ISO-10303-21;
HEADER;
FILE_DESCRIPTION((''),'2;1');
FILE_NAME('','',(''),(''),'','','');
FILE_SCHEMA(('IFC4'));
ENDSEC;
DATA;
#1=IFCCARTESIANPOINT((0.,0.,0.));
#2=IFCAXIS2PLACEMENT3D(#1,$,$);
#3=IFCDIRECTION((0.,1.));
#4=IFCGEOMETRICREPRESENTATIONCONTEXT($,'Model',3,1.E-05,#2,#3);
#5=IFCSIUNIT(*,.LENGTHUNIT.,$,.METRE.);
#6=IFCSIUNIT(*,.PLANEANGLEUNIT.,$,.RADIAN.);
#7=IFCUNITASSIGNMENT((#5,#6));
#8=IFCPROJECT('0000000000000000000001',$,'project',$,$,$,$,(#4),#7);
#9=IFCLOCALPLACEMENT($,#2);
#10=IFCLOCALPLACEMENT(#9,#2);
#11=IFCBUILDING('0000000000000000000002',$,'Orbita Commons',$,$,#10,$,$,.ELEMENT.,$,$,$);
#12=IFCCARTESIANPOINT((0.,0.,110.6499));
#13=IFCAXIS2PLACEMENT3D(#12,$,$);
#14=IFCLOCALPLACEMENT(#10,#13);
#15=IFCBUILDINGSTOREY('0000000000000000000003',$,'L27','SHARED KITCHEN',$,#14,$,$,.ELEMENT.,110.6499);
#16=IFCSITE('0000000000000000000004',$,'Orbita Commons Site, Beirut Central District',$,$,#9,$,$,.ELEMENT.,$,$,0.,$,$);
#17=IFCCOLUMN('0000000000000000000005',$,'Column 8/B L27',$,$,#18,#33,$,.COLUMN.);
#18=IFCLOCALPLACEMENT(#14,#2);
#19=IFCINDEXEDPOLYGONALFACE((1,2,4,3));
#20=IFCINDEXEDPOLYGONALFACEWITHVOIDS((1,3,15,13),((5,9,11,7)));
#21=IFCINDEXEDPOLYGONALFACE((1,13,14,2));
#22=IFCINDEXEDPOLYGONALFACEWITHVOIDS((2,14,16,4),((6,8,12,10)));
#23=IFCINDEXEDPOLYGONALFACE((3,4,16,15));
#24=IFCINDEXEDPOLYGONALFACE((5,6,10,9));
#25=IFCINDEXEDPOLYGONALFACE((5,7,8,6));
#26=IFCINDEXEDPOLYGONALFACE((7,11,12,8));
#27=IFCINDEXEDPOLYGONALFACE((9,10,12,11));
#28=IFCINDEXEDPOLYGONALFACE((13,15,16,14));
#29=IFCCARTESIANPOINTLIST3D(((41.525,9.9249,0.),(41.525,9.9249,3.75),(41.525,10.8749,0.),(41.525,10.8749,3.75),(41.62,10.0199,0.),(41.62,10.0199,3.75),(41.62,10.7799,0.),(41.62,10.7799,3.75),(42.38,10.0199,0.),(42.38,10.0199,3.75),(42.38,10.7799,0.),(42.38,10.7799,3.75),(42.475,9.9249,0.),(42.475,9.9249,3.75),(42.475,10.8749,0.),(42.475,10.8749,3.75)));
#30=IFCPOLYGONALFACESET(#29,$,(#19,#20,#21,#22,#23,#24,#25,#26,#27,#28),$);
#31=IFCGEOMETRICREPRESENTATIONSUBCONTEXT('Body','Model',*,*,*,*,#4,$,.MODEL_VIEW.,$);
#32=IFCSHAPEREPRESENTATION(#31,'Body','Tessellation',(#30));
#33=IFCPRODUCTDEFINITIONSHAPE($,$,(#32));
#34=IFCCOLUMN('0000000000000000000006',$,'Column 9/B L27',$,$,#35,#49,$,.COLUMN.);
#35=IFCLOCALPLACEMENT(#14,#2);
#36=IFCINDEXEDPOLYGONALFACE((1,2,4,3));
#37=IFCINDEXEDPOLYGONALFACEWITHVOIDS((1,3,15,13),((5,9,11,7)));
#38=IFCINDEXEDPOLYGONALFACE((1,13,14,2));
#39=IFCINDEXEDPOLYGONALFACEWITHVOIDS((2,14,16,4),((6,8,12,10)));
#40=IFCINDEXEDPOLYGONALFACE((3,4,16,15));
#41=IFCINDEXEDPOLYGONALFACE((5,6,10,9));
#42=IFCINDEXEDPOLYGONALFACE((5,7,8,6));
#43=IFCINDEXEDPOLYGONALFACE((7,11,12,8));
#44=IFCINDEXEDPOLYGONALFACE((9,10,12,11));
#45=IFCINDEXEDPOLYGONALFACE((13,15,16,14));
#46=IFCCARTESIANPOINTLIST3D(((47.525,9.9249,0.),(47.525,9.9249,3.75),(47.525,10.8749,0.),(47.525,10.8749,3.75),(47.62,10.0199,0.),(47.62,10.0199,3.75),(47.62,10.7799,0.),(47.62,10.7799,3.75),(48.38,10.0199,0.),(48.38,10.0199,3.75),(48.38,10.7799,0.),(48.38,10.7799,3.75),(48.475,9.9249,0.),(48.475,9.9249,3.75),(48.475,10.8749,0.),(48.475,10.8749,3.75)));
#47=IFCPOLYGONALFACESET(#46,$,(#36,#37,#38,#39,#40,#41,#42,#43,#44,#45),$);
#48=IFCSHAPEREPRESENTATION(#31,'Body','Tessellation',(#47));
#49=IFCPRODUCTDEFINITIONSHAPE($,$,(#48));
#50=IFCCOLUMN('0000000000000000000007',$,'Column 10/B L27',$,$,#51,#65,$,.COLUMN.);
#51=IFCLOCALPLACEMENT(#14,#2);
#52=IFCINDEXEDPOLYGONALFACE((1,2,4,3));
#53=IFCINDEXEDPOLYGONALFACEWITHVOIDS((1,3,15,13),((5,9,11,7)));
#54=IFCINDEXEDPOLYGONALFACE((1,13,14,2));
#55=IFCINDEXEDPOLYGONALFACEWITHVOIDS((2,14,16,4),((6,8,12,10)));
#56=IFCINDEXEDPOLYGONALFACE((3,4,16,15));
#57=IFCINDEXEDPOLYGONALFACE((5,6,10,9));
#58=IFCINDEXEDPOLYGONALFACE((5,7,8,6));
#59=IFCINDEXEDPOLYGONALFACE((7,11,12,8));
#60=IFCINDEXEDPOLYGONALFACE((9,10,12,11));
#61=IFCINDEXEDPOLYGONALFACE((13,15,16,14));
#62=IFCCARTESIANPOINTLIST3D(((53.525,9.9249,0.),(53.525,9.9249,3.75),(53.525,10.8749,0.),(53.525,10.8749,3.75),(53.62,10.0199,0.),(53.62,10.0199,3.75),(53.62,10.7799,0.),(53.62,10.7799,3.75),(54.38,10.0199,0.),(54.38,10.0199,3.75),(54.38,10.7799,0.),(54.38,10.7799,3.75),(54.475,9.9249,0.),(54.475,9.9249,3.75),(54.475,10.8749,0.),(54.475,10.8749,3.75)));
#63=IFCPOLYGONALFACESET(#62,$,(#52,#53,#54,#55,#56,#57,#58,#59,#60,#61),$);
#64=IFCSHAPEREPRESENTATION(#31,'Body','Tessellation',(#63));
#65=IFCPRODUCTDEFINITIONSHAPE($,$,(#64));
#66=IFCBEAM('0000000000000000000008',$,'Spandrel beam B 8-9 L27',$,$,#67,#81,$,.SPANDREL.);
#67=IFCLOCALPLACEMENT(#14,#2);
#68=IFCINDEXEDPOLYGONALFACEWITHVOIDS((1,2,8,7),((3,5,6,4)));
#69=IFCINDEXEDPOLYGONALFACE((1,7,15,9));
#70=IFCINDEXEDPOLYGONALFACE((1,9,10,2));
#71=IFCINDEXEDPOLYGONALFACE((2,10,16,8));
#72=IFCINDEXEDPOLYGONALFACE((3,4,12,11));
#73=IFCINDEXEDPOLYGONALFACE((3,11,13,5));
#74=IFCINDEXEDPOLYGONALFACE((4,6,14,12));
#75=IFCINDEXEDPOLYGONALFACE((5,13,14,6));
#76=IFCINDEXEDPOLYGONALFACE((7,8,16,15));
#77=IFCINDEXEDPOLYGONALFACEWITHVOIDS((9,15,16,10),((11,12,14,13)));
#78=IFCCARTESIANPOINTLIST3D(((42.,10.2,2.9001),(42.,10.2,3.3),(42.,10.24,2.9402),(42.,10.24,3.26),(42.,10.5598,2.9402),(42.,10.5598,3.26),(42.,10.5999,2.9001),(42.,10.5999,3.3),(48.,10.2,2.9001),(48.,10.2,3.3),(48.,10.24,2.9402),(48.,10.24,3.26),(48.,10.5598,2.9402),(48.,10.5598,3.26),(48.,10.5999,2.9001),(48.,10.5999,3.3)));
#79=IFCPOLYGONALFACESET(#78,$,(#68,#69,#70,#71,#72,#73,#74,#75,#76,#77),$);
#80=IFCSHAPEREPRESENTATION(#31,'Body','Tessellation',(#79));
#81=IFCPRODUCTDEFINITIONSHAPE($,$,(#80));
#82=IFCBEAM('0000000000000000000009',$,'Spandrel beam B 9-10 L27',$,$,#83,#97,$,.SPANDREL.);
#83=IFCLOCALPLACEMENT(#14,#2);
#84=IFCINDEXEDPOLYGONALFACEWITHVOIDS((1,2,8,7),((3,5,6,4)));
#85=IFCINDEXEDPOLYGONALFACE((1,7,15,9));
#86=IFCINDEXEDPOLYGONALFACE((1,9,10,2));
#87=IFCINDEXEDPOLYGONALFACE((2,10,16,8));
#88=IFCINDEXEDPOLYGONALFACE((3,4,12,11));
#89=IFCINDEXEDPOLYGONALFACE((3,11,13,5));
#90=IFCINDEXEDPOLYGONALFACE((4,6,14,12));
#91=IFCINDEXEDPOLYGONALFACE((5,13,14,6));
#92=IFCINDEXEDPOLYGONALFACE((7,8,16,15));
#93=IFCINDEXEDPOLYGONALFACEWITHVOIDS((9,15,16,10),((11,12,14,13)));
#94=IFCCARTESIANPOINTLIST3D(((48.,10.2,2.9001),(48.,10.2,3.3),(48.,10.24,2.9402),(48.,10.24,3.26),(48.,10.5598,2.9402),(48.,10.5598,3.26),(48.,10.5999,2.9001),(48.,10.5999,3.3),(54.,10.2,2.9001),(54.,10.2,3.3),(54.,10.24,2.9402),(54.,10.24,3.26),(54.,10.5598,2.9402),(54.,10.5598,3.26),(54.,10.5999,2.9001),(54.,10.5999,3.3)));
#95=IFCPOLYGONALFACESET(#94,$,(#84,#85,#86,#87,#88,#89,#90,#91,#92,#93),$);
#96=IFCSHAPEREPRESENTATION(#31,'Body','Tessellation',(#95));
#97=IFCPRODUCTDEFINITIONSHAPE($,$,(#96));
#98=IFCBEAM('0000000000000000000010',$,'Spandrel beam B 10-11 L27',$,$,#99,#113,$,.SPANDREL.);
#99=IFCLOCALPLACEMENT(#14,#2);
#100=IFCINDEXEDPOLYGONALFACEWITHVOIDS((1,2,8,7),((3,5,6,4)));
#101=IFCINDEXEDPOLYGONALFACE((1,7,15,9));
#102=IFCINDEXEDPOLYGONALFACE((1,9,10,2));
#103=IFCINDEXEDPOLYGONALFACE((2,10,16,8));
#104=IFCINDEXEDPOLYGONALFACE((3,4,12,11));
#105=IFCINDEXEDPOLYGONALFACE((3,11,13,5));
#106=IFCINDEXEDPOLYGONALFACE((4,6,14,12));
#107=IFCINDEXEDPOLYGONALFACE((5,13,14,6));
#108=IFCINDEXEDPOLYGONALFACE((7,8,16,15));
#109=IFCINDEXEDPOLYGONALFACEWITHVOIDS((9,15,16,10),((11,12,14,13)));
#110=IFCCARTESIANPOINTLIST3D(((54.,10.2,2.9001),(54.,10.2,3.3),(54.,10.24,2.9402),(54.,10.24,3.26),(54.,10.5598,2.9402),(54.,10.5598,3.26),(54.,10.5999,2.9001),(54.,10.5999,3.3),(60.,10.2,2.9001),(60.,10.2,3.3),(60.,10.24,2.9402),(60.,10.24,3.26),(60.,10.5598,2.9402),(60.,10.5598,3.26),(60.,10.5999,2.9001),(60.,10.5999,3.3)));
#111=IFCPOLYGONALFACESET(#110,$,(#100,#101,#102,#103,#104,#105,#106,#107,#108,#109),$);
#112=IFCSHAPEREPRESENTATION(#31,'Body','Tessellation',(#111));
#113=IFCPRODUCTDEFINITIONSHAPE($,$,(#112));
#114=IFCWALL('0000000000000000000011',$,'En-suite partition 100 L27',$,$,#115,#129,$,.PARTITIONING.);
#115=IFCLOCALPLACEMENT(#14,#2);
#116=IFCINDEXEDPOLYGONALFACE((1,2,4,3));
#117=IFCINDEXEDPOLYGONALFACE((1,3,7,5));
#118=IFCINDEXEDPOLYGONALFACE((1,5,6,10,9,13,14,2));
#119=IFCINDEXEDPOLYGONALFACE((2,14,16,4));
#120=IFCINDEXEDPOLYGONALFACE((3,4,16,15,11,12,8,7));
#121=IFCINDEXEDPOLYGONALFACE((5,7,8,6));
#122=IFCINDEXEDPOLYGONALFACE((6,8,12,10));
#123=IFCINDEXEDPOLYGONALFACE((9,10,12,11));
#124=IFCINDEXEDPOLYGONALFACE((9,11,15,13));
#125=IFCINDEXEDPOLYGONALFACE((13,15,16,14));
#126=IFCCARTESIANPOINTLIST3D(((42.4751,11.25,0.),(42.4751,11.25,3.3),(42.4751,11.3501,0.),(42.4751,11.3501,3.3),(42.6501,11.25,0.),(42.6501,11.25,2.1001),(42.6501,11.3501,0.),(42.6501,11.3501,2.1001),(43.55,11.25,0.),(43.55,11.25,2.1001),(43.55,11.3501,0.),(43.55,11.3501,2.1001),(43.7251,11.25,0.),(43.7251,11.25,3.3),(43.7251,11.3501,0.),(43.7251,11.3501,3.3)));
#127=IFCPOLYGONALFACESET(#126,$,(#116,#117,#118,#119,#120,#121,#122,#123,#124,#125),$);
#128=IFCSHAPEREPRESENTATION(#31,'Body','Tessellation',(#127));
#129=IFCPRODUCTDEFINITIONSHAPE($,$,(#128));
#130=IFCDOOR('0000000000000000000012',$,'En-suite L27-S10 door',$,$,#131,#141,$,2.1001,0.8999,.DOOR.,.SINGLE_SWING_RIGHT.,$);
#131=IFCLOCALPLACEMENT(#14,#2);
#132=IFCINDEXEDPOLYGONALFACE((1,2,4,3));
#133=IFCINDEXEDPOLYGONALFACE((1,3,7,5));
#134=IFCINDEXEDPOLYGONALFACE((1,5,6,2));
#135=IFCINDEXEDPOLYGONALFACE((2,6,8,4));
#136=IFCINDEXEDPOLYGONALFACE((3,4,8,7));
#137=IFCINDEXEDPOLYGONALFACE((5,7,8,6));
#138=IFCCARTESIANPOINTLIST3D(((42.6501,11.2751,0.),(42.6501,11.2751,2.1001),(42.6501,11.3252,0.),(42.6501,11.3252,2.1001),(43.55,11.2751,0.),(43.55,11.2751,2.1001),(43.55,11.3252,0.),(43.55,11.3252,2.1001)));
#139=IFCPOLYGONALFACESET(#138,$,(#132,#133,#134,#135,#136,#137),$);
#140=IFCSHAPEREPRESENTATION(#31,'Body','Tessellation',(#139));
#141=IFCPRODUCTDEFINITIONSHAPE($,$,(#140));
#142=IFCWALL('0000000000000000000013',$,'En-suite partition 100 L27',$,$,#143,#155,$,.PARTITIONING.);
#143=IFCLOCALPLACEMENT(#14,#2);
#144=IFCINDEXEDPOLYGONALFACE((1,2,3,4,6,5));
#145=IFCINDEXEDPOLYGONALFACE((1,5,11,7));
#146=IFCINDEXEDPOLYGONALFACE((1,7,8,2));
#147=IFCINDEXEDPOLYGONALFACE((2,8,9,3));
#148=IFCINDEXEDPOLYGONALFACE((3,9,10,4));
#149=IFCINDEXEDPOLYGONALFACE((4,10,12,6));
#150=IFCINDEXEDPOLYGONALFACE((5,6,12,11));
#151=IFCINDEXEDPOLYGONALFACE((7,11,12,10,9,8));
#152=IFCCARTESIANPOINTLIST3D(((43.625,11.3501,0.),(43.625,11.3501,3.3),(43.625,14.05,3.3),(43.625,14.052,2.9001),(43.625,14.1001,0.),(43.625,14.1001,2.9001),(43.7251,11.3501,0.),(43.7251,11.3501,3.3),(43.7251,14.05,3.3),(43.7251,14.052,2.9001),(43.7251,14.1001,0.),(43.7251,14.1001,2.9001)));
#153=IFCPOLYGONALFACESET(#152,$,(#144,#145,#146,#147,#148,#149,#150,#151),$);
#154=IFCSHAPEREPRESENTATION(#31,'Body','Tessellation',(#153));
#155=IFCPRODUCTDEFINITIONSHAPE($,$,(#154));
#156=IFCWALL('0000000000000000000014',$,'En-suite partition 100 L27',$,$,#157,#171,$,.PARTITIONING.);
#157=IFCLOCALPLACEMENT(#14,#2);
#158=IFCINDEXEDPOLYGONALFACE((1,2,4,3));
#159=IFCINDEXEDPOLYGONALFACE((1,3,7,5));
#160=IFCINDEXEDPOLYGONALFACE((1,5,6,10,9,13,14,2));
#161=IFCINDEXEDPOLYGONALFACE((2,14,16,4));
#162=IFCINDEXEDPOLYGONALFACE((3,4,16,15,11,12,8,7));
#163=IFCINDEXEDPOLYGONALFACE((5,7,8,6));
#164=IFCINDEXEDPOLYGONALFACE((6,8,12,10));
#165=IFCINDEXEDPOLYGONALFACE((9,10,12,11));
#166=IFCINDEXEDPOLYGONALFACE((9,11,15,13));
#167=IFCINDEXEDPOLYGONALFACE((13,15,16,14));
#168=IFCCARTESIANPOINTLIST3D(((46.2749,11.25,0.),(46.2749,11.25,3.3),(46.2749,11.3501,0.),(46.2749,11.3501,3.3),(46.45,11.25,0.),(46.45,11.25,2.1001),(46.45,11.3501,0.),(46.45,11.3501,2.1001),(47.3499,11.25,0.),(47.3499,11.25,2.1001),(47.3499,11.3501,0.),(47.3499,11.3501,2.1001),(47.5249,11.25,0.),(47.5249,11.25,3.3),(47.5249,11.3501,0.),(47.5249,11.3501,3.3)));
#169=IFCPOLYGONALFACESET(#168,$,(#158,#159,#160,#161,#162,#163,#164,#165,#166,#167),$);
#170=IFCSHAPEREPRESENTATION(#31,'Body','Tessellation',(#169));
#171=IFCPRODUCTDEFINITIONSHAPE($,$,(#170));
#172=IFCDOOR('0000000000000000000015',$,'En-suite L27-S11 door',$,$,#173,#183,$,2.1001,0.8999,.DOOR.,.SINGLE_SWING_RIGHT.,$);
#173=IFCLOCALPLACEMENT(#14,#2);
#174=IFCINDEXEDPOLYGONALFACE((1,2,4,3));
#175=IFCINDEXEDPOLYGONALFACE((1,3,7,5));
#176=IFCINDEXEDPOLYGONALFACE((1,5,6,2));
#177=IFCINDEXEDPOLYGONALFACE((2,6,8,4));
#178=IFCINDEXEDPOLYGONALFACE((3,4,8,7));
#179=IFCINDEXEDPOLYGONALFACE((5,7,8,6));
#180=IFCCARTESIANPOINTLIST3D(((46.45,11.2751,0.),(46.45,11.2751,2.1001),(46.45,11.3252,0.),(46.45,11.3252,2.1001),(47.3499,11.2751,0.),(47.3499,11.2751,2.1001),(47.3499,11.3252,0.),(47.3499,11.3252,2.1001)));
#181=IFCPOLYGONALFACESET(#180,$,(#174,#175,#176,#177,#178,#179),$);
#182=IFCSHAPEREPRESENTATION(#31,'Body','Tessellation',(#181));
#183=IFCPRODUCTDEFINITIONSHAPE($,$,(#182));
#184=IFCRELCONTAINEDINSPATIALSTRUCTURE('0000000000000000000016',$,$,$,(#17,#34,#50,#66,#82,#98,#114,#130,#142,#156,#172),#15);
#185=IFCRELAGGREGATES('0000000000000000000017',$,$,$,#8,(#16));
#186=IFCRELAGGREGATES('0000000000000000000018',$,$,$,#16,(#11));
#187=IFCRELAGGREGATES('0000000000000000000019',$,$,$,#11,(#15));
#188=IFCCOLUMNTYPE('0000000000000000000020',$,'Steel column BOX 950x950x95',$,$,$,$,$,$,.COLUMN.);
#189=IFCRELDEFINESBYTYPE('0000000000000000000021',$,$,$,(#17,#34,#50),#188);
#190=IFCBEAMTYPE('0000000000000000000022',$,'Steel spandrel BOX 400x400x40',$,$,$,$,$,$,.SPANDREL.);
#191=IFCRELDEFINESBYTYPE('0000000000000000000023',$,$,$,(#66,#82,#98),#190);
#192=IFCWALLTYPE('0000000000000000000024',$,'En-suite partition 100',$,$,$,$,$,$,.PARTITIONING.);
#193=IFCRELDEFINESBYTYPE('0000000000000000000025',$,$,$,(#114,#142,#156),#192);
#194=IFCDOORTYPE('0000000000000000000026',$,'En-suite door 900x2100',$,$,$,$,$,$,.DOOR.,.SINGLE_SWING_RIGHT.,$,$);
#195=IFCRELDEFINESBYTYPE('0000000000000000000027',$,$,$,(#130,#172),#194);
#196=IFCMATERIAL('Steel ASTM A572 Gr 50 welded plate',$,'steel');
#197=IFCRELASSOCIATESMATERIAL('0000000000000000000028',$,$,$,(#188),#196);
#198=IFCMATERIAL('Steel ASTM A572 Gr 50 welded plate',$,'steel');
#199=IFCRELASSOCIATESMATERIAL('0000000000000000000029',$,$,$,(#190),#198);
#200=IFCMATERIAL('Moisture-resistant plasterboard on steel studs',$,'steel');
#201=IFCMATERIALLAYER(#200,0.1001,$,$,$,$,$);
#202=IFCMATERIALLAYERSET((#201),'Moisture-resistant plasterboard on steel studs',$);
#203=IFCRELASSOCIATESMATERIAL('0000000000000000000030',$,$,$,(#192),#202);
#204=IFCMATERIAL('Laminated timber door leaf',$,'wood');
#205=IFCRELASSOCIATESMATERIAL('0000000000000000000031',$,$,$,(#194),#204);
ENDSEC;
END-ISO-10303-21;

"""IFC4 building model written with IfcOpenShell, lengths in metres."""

from ifc_helpers import new_model, si_unit, direction, frame, frame_2d, origin, origin_2d, place, context, subcontext, project, spatial, polyline, rectangle, hollow_rectangle, outline, extrude, material, layer, layer_set, material_profile, profile_set, type_object, element, fill, save


model = new_model("IFC4")

# Units and contexts
model_context = context("Model", 3, precision=1e-05, world=origin(), true_north=direction((0.0, 1.0)))
body_context = subcontext(model_context, "Body", "Model", "MODEL_VIEW")
ifc_project = project(units=[si_unit("LENGTHUNIT", "METRE"), si_unit("PLANEANGLEUNIT", "RADIAN")], contexts=[model_context])

# Site, building, storey
site_placement = place(None, origin())
site = spatial("IfcSite", under=ifc_project, at=site_placement, Name="Orbita Commons Site, Beirut Central District", CompositionType="ELEMENT", RefElevation=0.0)
building_placement = place(site_placement, origin())
building = spatial("IfcBuilding", under=site, at=building_placement, Name="Orbita Commons", CompositionType="ELEMENT")
storey_placement = place(building_placement, frame((0.0, 0.0, 110.6499)))
storey = spatial("IfcBuildingStorey", under=building, at=storey_placement, Name="L27", Description="SHARED KITCHEN", CompositionType="ELEMENT", Elevation=110.6499)

# Columns
ifc_material_1 = material(Name="Steel ASTM A572 Gr 50 welded plate", Category="steel")
ifc_material_profile_1 = material_profile(ifc_material_1, hollow_rectangle(XDim=0.95, YDim=0.95, WallThickness=0.095, at=origin_2d()), Name="BOX 950x950x95")
ifc_profile_set_1 = profile_set([ifc_material_profile_1], Name="Steel ASTM A572 Gr 50 welded plate")
column_type = type_object("IfcColumnType", Name="Steel column BOX 950x950x95", PredefinedType="COLUMN", material=ifc_profile_set_1)
for number, where, z_axis, x_axis, name in (
    (1, (42.0, 10.3999, 0.0), (0.0, 0.0, 1.0), (1.0, 0.0, 0.0), "Column 8/B L27"),
    (2, (48.0, 10.3999, 0.0), (0.0, 0.0, 1.0), (1.0, 0.0, 0.0), "Column 9/B L27"),
    (3, (54.0, 10.3999, 0.0), (0.0, 0.0, 1.0), (1.0, 0.0, 0.0), "Column 10/B L27"),
):
    element("IfcColumn", number, at=place(storey_placement, frame(where, z_axis=z_axis, x_axis=x_axis)), inside=storey, type_object=column_type, Name=name, PredefinedType="COLUMN", context=body_context, shape_type="SweptSolid", body=[
        extrude(hollow_rectangle(XDim=0.95, YDim=0.95, WallThickness=0.095, at=origin_2d()), origin(), (0.0, 0.0, 1.0), 3.75),
    ])

# Beams
ifc_material_2 = material(Name="Steel ASTM A572 Gr 50 welded plate", Category="steel")
ifc_material_profile_2 = material_profile(ifc_material_2, hollow_rectangle(XDim=0.3999, YDim=0.3999, WallThickness=0.04, at=origin_2d()), Name="BOX 400x400x40")
ifc_profile_set_2 = profile_set([ifc_material_profile_2], Name="Steel ASTM A572 Gr 50 welded plate")
beam_type = type_object("IfcBeamType", Name="Steel spandrel BOX 400x400x40", PredefinedType="SPANDREL", material=ifc_profile_set_2)
for number, where, z_axis, x_axis, name in (
    (4, (42.0, 10.3999, 3.1001), (1.0, 0.0, 0.0), (0.0, 1.0, 0.0), "Spandrel beam B 8-9 L27"),
    (5, (48.0, 10.3999, 3.1001), (1.0, 0.0, 0.0), (0.0, 1.0, 0.0), "Spandrel beam B 9-10 L27"),
    (6, (54.0, 10.3999, 3.1001), (1.0, 0.0, 0.0), (0.0, 1.0, 0.0), "Spandrel beam B 10-11 L27"),
):
    element("IfcBeam", number, at=place(storey_placement, frame(where, z_axis=z_axis, x_axis=x_axis)), inside=storey, type_object=beam_type, Name=name, PredefinedType="SPANDREL", context=body_context, shape_type="SweptSolid", body=[
        extrude(hollow_rectangle(XDim=0.3999, YDim=0.3999, WallThickness=0.04, at=origin_2d()), origin(), (0.0, 0.0, 1.0), 6.0),
    ])

# Wall, opening, door
ifc_material_3 = material(Name="Moisture-resistant plasterboard on steel studs", Category="steel")
ifc_layer = layer(ifc_material_3, 0.1001)
ifc_layer_set = layer_set([ifc_layer], Name="Moisture-resistant plasterboard on steel studs")
wall_type = type_object("IfcWallType", Name="En-suite partition 100", PredefinedType="PARTITIONING", material=ifc_layer_set)
wall_1_placement = place(storey_placement, frame((43.7251, 11.3, 0.0), z_axis=(0.0, 0.0, 1.0), x_axis=(-1.0, 0.0, 0.0)))
wall_1 = element("IfcWall", 7, at=wall_1_placement, inside=storey, type_object=wall_type, Name="En-suite partition 100 L27", PredefinedType="PARTITIONING", context=body_context, shape_type="SweptSolid", body=[
    extrude(rectangle(XDim=1.25, YDim=0.1001, at=frame_2d((0.625, 0.0))), origin(), (0.0, 0.0, 1.0), 3.3),
])
opening_1_placement = place(wall_1_placement, frame((0.175, 0.0, 0.0)))
opening_1 = element("IfcOpeningElement", 8, at=opening_1_placement, cuts=wall_1, PredefinedType="OPENING", context=body_context, shape_type="SweptSolid", body=[
    extrude(rectangle(XDim=0.8999, YDim=2.1001, at=frame_2d((0.45, 1.05))), frame((0.0, 0.0601, 0.0), z_axis=(0.0, -1.0, 0.0), x_axis=(1.0, 0.0, 0.0)), (0.0, 0.0, 1.0), 0.1201),
])
ifc_material_4 = material(Name="Laminated timber door leaf", Category="wood")
door_type = type_object("IfcDoorType", Name="En-suite door 900x2100", OperationType="SINGLE_SWING_RIGHT", PredefinedType="DOOR", material=ifc_material_4)
door_1_placement = place(opening_1_placement, origin())
door_1 = element("IfcDoor", 9, at=door_1_placement, inside=storey, type_object=door_type, Name="En-suite L27-S10 door", OperationType="SINGLE_SWING_RIGHT", OverallHeight=2.1001, OverallWidth=0.8999, PredefinedType="DOOR", context=body_context, shape_type="SweptSolid", body=[
    extrude(rectangle(XDim=0.8999, YDim=2.1001, at=frame_2d((0.45, 1.05))), frame((0.0, 0.0249, 0.0), z_axis=(0.0, -1.0, 0.0), x_axis=(1.0, 0.0, 0.0)), (0.0, 0.0, 1.0), 0.05),
])
fill(opening_1, door_1)

# Wall
wall_2_placement = place(storey_placement, frame((43.675, 11.3501, 0.0), z_axis=(0.0, 0.0, 1.0), x_axis=(0.0, 1.0, 0.0)))
element("IfcWall", 10, at=wall_2_placement, inside=storey, type_object=wall_type, Name="En-suite partition 100 L27", PredefinedType="PARTITIONING", context=body_context, shape_type="SweptSolid", body=[
    extrude(outline(polyline([(0.0, 0.0), (2.75, 0.0), (2.75, 2.9001), (2.7019, 2.9001), (2.7, 3.3), (0.0, 3.3), (0.0, 0.0)])), frame((0.0, 0.05, 0.0), z_axis=(0.0, -1.0, 0.0), x_axis=(1.0, 0.0, 0.0)), (0.0, 0.0, 1.0), 0.1001),
])

# Wall, opening, door
wall_3_placement = place(storey_placement, frame((47.5249, 11.3, 0.0), z_axis=(0.0, 0.0, 1.0), x_axis=(-1.0, 0.0, 0.0)))
wall_3 = element("IfcWall", 11, at=wall_3_placement, inside=storey, type_object=wall_type, Name="En-suite partition 100 L27", PredefinedType="PARTITIONING", context=body_context, shape_type="SweptSolid", body=[
    extrude(rectangle(XDim=1.25, YDim=0.1001, at=frame_2d((0.625, 0.0))), origin(), (0.0, 0.0, 1.0), 3.3),
])
opening_2_placement = place(wall_3_placement, frame((0.175, 0.0, 0.0)))
opening_2 = element("IfcOpeningElement", 12, at=opening_2_placement, cuts=wall_3, PredefinedType="OPENING", context=body_context, shape_type="SweptSolid", body=[
    extrude(rectangle(XDim=0.8999, YDim=2.1001, at=frame_2d((0.45, 1.05))), frame((0.0, 0.0601, 0.0), z_axis=(0.0, -1.0, 0.0), x_axis=(1.0, 0.0, 0.0)), (0.0, 0.0, 1.0), 0.1201),
])
door_2_placement = place(opening_2_placement, origin())
door_2 = element("IfcDoor", 13, at=door_2_placement, inside=storey, type_object=door_type, Name="En-suite L27-S11 door", OperationType="SINGLE_SWING_RIGHT", OverallHeight=2.1001, OverallWidth=0.8999, PredefinedType="DOOR", context=body_context, shape_type="SweptSolid", body=[
    extrude(rectangle(XDim=0.8999, YDim=2.1001, at=frame_2d((0.45, 1.05))), frame((0.0, 0.0249, 0.0), z_axis=(0.0, -1.0, 0.0), x_axis=(1.0, 0.0, 0.0)), (0.0, 0.0, 1.0), 0.05),
])
fill(opening_2, door_2)

save(model, "model.ifc")
